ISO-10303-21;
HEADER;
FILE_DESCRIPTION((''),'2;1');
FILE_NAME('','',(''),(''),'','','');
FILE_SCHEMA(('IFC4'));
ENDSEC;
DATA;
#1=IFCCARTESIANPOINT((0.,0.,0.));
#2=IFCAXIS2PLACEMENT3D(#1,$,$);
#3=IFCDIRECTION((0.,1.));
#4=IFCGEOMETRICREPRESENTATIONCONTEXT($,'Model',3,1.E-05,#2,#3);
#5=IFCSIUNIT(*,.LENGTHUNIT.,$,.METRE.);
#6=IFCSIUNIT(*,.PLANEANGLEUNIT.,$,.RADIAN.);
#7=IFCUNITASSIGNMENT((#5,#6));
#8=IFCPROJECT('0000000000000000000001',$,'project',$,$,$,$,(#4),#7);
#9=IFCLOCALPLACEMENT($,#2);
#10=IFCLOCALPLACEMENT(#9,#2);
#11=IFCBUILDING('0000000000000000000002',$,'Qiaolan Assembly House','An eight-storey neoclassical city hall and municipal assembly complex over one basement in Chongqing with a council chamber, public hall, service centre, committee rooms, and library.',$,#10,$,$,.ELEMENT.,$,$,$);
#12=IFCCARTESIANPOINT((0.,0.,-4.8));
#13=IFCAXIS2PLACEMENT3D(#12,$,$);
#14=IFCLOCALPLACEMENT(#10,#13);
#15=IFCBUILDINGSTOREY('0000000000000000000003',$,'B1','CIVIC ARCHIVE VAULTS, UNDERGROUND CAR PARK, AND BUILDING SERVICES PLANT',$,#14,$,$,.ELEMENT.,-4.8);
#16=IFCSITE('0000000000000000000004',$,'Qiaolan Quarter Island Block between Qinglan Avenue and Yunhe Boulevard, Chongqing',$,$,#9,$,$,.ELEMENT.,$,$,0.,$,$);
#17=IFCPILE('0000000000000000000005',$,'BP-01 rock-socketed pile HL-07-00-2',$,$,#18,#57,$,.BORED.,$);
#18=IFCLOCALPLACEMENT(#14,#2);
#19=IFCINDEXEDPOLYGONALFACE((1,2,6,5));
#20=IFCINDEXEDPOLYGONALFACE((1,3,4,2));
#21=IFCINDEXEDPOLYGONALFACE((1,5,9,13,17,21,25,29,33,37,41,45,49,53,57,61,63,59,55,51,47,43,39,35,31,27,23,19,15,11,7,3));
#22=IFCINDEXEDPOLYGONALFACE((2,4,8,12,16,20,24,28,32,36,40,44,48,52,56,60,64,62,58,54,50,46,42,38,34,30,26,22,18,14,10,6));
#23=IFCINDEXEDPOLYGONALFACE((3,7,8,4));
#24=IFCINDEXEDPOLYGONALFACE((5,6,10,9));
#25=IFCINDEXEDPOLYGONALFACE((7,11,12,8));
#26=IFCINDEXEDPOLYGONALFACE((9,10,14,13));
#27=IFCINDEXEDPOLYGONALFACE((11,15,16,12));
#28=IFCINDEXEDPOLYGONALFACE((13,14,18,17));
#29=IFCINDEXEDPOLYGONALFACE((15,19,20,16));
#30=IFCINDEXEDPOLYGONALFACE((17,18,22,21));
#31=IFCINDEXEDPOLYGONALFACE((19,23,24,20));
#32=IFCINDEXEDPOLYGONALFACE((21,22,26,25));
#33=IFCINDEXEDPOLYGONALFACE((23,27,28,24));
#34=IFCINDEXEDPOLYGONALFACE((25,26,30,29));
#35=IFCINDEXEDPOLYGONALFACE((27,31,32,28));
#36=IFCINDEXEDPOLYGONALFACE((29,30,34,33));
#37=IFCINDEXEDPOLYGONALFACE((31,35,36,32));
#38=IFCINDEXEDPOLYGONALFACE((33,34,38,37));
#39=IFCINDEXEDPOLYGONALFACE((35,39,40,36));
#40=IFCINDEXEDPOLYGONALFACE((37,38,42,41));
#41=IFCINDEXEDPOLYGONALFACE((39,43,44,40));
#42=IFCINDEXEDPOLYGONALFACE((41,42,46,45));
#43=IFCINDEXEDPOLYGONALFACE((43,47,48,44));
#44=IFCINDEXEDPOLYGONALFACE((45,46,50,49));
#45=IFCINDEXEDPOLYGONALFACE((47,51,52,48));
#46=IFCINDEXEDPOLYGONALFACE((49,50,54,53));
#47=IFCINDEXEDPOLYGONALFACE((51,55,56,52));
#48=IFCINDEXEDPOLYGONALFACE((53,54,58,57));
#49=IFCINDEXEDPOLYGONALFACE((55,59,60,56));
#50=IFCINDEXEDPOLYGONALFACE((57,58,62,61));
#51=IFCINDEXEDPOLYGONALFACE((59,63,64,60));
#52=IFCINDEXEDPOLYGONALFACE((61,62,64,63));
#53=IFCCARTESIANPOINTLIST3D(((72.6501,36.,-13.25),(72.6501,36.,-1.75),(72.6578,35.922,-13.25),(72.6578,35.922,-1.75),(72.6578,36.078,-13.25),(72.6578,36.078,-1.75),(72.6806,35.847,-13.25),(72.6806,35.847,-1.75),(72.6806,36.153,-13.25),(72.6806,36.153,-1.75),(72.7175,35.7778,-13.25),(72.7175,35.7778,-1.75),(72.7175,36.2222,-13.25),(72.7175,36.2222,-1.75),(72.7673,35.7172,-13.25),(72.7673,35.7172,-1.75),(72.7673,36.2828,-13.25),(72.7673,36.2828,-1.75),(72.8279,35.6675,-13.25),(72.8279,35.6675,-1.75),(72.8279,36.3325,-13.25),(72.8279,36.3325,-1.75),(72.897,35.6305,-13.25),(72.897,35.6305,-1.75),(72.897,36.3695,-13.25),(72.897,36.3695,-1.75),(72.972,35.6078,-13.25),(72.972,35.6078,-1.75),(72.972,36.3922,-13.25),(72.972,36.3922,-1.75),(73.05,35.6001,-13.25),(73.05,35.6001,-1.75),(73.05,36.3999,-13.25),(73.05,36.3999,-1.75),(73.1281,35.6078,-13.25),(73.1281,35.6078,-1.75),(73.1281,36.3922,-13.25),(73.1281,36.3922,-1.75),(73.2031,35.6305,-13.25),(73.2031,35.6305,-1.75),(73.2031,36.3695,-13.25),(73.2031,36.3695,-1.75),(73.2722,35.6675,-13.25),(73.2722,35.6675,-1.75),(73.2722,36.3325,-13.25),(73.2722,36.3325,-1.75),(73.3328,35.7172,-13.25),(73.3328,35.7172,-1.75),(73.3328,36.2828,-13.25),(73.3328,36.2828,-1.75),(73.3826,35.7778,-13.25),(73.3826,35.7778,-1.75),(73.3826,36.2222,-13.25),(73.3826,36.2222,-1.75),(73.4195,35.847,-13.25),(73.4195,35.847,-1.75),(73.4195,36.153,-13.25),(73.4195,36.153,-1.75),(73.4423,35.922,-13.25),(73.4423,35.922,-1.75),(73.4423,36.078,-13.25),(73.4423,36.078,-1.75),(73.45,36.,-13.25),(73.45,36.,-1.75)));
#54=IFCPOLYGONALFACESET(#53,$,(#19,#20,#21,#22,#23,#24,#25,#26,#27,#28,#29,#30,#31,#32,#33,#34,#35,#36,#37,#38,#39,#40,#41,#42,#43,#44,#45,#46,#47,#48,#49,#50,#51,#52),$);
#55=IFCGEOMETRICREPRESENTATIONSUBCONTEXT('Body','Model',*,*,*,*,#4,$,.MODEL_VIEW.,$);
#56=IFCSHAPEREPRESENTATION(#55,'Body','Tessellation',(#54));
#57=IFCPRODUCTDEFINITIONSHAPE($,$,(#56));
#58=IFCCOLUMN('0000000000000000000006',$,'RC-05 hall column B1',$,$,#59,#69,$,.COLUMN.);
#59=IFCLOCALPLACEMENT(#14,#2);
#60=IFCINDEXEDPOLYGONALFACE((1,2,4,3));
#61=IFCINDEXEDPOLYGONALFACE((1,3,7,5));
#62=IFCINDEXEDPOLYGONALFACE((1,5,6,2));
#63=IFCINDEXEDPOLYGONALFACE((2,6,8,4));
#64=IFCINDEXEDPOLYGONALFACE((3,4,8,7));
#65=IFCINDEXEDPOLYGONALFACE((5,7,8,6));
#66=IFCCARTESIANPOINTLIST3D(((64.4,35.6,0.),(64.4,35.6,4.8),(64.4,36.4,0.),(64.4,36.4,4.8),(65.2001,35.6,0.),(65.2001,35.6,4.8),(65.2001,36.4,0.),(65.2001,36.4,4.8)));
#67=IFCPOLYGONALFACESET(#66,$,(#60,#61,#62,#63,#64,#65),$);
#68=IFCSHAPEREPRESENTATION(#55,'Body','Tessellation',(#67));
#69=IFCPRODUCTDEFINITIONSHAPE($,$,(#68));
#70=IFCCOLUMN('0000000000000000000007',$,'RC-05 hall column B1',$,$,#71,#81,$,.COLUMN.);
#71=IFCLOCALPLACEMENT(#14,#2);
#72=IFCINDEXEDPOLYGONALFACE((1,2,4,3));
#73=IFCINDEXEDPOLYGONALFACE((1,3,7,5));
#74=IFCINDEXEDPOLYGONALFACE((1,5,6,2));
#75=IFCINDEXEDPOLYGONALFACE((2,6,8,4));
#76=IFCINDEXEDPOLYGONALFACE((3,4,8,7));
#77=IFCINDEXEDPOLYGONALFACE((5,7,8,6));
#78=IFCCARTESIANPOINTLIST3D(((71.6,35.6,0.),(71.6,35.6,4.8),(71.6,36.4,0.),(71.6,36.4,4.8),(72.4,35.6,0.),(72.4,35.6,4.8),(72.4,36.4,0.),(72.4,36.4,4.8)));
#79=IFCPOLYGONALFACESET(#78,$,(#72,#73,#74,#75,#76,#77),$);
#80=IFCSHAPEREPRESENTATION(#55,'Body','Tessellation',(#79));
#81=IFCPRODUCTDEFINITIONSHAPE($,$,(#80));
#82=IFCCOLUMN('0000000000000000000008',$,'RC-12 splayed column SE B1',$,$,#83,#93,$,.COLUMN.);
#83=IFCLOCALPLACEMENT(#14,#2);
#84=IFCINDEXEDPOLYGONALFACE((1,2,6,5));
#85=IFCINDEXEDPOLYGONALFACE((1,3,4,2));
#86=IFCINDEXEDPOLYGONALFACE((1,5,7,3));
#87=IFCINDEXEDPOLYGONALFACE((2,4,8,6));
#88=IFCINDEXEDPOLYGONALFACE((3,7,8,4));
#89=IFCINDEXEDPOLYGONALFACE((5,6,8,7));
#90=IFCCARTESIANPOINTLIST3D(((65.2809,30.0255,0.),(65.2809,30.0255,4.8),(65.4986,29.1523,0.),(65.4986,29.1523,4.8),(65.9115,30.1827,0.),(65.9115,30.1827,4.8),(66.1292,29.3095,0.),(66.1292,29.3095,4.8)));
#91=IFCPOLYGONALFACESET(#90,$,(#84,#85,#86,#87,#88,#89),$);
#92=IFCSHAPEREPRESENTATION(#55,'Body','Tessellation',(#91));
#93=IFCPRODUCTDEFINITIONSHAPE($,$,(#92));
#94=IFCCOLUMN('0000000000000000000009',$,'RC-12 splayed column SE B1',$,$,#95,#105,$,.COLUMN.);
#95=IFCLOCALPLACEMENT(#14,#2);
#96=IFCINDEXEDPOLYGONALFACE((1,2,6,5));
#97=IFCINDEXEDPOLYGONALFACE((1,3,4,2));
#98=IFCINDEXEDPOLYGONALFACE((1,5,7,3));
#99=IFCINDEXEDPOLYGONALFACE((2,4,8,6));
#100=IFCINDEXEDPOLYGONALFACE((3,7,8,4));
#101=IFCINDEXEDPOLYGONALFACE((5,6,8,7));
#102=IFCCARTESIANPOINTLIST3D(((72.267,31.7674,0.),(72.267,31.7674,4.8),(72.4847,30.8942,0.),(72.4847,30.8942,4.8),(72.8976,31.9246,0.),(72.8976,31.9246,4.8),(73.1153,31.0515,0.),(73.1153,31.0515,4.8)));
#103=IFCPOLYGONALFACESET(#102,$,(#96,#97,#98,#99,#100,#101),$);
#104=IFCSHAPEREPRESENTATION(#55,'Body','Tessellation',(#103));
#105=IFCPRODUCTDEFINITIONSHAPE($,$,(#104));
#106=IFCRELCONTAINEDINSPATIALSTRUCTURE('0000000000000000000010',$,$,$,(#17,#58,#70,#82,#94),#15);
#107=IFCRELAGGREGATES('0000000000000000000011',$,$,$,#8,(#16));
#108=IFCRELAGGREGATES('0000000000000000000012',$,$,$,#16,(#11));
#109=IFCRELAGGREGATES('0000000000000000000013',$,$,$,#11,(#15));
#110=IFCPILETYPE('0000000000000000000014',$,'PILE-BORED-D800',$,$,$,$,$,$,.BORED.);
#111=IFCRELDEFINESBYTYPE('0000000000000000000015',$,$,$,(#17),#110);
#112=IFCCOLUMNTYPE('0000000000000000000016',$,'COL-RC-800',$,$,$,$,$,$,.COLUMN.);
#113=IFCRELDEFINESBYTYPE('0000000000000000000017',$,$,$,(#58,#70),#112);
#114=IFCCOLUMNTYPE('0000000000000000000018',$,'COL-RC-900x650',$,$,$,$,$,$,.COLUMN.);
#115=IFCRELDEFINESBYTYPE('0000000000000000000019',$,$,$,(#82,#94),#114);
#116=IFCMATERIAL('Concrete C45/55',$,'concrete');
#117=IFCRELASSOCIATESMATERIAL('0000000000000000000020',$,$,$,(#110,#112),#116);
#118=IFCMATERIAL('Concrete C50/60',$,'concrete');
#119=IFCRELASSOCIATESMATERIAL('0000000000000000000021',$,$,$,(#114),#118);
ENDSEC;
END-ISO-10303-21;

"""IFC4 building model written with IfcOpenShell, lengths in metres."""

from ifc_helpers import new_model, si_unit, direction, frame, origin, origin_2d, place, context, subcontext, project, spatial, rectangle, circle, extrude, material, material_profile, profile_set, type_object, element, save


model = new_model("IFC4")

# Units and contexts
model_context = context("Model", 3, precision=1e-05, world=origin(), true_north=direction((0.0, 1.0)))
body_context = subcontext(model_context, "Body", "Model", "MODEL_VIEW")
ifc_project = project(units=[si_unit("LENGTHUNIT", "METRE"), si_unit("PLANEANGLEUNIT", "RADIAN")], contexts=[model_context])

# Site, building, storey
site_placement = place(None, origin())
site = spatial("IfcSite", under=ifc_project, at=site_placement, Name="Qiaolan Quarter Island Block between Qinglan Avenue and Yunhe Boulevard, Chongqing", CompositionType="ELEMENT", RefElevation=0.0)
building_placement = place(site_placement, origin())
building = spatial("IfcBuilding", under=site, at=building_placement, Name="Qiaolan Assembly House", Description="An eight-storey neoclassical city hall and municipal assembly complex over one basement in Chongqing with a council chamber, public hall, service centre, committee rooms, and library.", CompositionType="ELEMENT")
storey_placement = place(building_placement, frame((0.0, 0.0, -4.8)))
storey = spatial("IfcBuildingStorey", under=building, at=storey_placement, Name="B1", Description="CIVIC ARCHIVE VAULTS, UNDERGROUND CAR PARK, AND BUILDING SERVICES PLANT", CompositionType="ELEMENT", Elevation=-4.8)

# Pile
ifc_material_1 = material(Name="Concrete C45/55", Category="concrete")
ifc_material_profile_1 = material_profile(ifc_material_1, circle(Radius=0.3999, at=origin_2d()), Name="PILE D800")
ifc_profile_set_1 = profile_set([ifc_material_profile_1], Name="Concrete C45/55")
pile_type = type_object("IfcPileType", Name="PILE-BORED-D800", PredefinedType="BORED", material=ifc_profile_set_1)
for number, where, z_axis, x_axis, name in (
    (1, (73.05, 36.0, -1.75), (0.0, 0.0, -1.0), (1.0, 0.0, 0.0), "BP-01 rock-socketed pile HL-07-00-2"),
):
    element("IfcPile", number, at=place(storey_placement, frame(where, z_axis=z_axis, x_axis=x_axis)), inside=storey, type_object=pile_type, Name=name, PredefinedType="BORED", context=body_context, shape_type="SweptSolid", body=[
        extrude(circle(Radius=0.3999, at=origin_2d()), origin(), (0.0, 0.0, 1.0), 11.5),
    ])

# Columns
ifc_material_profile_2 = material_profile(ifc_material_1, rectangle(XDim=0.8, YDim=0.8, at=origin_2d()), Name="RC 800x800")
ifc_profile_set_2 = profile_set([ifc_material_profile_2], Name="Concrete C45/55")
column_type_1 = type_object("IfcColumnType", Name="COL-RC-800", PredefinedType="COLUMN", material=ifc_profile_set_2)
for number, where, z_axis, x_axis, name in (
    (2, (64.8, 36.0, 0.0), (0.0, 0.0, 1.0), (1.0, 0.0, 0.0), "RC-05 hall column B1"),
    (3, (72.0, 36.0, 0.0), (0.0, 0.0, 1.0), (1.0, 0.0, 0.0), "RC-05 hall column B1"),
):
    element("IfcColumn", number, at=place(storey_placement, frame(where, z_axis=z_axis, x_axis=x_axis)), inside=storey, type_object=column_type_1, Name=name, PredefinedType="COLUMN", context=body_context, shape_type="SweptSolid", body=[
        extrude(rectangle(XDim=0.8, YDim=0.8, at=origin_2d()), origin(), (0.0, 0.0, 1.0), 4.8),
    ])
ifc_material_2 = material(Name="Concrete C50/60", Category="concrete")
ifc_material_profile_3 = material_profile(ifc_material_2, rectangle(XDim=0.6499, YDim=0.8999, at=origin_2d()), Name="RC 900x650")
ifc_profile_set_3 = profile_set([ifc_material_profile_3], Name="Concrete C50/60")
column_type_2 = type_object("IfcColumnType", Name="COL-RC-900x650", PredefinedType="COLUMN", material=ifc_profile_set_3)
for number, where, z_axis, x_axis, name in (
    (4, (65.7051, 29.6675, 0.0), (0.0, 0.0, 1.0), (0.970296, 0.241922, 0.0), "RC-12 splayed column SE B1"),
    (5, (72.6912, 31.4094, 0.0), (0.0, 0.0, 1.0), (0.970296, 0.241922, 0.0), "RC-12 splayed column SE B1"),
):
    element("IfcColumn", number, at=place(storey_placement, frame(where, z_axis=z_axis, x_axis=x_axis)), inside=storey, type_object=column_type_2, Name=name, PredefinedType="COLUMN", context=body_context, shape_type="SweptSolid", body=[
        extrude(rectangle(XDim=0.6499, YDim=0.8999, at=origin_2d()), origin(), (0.0, 0.0, 1.0), 4.8),
    ])

save(model, "model.ifc")
